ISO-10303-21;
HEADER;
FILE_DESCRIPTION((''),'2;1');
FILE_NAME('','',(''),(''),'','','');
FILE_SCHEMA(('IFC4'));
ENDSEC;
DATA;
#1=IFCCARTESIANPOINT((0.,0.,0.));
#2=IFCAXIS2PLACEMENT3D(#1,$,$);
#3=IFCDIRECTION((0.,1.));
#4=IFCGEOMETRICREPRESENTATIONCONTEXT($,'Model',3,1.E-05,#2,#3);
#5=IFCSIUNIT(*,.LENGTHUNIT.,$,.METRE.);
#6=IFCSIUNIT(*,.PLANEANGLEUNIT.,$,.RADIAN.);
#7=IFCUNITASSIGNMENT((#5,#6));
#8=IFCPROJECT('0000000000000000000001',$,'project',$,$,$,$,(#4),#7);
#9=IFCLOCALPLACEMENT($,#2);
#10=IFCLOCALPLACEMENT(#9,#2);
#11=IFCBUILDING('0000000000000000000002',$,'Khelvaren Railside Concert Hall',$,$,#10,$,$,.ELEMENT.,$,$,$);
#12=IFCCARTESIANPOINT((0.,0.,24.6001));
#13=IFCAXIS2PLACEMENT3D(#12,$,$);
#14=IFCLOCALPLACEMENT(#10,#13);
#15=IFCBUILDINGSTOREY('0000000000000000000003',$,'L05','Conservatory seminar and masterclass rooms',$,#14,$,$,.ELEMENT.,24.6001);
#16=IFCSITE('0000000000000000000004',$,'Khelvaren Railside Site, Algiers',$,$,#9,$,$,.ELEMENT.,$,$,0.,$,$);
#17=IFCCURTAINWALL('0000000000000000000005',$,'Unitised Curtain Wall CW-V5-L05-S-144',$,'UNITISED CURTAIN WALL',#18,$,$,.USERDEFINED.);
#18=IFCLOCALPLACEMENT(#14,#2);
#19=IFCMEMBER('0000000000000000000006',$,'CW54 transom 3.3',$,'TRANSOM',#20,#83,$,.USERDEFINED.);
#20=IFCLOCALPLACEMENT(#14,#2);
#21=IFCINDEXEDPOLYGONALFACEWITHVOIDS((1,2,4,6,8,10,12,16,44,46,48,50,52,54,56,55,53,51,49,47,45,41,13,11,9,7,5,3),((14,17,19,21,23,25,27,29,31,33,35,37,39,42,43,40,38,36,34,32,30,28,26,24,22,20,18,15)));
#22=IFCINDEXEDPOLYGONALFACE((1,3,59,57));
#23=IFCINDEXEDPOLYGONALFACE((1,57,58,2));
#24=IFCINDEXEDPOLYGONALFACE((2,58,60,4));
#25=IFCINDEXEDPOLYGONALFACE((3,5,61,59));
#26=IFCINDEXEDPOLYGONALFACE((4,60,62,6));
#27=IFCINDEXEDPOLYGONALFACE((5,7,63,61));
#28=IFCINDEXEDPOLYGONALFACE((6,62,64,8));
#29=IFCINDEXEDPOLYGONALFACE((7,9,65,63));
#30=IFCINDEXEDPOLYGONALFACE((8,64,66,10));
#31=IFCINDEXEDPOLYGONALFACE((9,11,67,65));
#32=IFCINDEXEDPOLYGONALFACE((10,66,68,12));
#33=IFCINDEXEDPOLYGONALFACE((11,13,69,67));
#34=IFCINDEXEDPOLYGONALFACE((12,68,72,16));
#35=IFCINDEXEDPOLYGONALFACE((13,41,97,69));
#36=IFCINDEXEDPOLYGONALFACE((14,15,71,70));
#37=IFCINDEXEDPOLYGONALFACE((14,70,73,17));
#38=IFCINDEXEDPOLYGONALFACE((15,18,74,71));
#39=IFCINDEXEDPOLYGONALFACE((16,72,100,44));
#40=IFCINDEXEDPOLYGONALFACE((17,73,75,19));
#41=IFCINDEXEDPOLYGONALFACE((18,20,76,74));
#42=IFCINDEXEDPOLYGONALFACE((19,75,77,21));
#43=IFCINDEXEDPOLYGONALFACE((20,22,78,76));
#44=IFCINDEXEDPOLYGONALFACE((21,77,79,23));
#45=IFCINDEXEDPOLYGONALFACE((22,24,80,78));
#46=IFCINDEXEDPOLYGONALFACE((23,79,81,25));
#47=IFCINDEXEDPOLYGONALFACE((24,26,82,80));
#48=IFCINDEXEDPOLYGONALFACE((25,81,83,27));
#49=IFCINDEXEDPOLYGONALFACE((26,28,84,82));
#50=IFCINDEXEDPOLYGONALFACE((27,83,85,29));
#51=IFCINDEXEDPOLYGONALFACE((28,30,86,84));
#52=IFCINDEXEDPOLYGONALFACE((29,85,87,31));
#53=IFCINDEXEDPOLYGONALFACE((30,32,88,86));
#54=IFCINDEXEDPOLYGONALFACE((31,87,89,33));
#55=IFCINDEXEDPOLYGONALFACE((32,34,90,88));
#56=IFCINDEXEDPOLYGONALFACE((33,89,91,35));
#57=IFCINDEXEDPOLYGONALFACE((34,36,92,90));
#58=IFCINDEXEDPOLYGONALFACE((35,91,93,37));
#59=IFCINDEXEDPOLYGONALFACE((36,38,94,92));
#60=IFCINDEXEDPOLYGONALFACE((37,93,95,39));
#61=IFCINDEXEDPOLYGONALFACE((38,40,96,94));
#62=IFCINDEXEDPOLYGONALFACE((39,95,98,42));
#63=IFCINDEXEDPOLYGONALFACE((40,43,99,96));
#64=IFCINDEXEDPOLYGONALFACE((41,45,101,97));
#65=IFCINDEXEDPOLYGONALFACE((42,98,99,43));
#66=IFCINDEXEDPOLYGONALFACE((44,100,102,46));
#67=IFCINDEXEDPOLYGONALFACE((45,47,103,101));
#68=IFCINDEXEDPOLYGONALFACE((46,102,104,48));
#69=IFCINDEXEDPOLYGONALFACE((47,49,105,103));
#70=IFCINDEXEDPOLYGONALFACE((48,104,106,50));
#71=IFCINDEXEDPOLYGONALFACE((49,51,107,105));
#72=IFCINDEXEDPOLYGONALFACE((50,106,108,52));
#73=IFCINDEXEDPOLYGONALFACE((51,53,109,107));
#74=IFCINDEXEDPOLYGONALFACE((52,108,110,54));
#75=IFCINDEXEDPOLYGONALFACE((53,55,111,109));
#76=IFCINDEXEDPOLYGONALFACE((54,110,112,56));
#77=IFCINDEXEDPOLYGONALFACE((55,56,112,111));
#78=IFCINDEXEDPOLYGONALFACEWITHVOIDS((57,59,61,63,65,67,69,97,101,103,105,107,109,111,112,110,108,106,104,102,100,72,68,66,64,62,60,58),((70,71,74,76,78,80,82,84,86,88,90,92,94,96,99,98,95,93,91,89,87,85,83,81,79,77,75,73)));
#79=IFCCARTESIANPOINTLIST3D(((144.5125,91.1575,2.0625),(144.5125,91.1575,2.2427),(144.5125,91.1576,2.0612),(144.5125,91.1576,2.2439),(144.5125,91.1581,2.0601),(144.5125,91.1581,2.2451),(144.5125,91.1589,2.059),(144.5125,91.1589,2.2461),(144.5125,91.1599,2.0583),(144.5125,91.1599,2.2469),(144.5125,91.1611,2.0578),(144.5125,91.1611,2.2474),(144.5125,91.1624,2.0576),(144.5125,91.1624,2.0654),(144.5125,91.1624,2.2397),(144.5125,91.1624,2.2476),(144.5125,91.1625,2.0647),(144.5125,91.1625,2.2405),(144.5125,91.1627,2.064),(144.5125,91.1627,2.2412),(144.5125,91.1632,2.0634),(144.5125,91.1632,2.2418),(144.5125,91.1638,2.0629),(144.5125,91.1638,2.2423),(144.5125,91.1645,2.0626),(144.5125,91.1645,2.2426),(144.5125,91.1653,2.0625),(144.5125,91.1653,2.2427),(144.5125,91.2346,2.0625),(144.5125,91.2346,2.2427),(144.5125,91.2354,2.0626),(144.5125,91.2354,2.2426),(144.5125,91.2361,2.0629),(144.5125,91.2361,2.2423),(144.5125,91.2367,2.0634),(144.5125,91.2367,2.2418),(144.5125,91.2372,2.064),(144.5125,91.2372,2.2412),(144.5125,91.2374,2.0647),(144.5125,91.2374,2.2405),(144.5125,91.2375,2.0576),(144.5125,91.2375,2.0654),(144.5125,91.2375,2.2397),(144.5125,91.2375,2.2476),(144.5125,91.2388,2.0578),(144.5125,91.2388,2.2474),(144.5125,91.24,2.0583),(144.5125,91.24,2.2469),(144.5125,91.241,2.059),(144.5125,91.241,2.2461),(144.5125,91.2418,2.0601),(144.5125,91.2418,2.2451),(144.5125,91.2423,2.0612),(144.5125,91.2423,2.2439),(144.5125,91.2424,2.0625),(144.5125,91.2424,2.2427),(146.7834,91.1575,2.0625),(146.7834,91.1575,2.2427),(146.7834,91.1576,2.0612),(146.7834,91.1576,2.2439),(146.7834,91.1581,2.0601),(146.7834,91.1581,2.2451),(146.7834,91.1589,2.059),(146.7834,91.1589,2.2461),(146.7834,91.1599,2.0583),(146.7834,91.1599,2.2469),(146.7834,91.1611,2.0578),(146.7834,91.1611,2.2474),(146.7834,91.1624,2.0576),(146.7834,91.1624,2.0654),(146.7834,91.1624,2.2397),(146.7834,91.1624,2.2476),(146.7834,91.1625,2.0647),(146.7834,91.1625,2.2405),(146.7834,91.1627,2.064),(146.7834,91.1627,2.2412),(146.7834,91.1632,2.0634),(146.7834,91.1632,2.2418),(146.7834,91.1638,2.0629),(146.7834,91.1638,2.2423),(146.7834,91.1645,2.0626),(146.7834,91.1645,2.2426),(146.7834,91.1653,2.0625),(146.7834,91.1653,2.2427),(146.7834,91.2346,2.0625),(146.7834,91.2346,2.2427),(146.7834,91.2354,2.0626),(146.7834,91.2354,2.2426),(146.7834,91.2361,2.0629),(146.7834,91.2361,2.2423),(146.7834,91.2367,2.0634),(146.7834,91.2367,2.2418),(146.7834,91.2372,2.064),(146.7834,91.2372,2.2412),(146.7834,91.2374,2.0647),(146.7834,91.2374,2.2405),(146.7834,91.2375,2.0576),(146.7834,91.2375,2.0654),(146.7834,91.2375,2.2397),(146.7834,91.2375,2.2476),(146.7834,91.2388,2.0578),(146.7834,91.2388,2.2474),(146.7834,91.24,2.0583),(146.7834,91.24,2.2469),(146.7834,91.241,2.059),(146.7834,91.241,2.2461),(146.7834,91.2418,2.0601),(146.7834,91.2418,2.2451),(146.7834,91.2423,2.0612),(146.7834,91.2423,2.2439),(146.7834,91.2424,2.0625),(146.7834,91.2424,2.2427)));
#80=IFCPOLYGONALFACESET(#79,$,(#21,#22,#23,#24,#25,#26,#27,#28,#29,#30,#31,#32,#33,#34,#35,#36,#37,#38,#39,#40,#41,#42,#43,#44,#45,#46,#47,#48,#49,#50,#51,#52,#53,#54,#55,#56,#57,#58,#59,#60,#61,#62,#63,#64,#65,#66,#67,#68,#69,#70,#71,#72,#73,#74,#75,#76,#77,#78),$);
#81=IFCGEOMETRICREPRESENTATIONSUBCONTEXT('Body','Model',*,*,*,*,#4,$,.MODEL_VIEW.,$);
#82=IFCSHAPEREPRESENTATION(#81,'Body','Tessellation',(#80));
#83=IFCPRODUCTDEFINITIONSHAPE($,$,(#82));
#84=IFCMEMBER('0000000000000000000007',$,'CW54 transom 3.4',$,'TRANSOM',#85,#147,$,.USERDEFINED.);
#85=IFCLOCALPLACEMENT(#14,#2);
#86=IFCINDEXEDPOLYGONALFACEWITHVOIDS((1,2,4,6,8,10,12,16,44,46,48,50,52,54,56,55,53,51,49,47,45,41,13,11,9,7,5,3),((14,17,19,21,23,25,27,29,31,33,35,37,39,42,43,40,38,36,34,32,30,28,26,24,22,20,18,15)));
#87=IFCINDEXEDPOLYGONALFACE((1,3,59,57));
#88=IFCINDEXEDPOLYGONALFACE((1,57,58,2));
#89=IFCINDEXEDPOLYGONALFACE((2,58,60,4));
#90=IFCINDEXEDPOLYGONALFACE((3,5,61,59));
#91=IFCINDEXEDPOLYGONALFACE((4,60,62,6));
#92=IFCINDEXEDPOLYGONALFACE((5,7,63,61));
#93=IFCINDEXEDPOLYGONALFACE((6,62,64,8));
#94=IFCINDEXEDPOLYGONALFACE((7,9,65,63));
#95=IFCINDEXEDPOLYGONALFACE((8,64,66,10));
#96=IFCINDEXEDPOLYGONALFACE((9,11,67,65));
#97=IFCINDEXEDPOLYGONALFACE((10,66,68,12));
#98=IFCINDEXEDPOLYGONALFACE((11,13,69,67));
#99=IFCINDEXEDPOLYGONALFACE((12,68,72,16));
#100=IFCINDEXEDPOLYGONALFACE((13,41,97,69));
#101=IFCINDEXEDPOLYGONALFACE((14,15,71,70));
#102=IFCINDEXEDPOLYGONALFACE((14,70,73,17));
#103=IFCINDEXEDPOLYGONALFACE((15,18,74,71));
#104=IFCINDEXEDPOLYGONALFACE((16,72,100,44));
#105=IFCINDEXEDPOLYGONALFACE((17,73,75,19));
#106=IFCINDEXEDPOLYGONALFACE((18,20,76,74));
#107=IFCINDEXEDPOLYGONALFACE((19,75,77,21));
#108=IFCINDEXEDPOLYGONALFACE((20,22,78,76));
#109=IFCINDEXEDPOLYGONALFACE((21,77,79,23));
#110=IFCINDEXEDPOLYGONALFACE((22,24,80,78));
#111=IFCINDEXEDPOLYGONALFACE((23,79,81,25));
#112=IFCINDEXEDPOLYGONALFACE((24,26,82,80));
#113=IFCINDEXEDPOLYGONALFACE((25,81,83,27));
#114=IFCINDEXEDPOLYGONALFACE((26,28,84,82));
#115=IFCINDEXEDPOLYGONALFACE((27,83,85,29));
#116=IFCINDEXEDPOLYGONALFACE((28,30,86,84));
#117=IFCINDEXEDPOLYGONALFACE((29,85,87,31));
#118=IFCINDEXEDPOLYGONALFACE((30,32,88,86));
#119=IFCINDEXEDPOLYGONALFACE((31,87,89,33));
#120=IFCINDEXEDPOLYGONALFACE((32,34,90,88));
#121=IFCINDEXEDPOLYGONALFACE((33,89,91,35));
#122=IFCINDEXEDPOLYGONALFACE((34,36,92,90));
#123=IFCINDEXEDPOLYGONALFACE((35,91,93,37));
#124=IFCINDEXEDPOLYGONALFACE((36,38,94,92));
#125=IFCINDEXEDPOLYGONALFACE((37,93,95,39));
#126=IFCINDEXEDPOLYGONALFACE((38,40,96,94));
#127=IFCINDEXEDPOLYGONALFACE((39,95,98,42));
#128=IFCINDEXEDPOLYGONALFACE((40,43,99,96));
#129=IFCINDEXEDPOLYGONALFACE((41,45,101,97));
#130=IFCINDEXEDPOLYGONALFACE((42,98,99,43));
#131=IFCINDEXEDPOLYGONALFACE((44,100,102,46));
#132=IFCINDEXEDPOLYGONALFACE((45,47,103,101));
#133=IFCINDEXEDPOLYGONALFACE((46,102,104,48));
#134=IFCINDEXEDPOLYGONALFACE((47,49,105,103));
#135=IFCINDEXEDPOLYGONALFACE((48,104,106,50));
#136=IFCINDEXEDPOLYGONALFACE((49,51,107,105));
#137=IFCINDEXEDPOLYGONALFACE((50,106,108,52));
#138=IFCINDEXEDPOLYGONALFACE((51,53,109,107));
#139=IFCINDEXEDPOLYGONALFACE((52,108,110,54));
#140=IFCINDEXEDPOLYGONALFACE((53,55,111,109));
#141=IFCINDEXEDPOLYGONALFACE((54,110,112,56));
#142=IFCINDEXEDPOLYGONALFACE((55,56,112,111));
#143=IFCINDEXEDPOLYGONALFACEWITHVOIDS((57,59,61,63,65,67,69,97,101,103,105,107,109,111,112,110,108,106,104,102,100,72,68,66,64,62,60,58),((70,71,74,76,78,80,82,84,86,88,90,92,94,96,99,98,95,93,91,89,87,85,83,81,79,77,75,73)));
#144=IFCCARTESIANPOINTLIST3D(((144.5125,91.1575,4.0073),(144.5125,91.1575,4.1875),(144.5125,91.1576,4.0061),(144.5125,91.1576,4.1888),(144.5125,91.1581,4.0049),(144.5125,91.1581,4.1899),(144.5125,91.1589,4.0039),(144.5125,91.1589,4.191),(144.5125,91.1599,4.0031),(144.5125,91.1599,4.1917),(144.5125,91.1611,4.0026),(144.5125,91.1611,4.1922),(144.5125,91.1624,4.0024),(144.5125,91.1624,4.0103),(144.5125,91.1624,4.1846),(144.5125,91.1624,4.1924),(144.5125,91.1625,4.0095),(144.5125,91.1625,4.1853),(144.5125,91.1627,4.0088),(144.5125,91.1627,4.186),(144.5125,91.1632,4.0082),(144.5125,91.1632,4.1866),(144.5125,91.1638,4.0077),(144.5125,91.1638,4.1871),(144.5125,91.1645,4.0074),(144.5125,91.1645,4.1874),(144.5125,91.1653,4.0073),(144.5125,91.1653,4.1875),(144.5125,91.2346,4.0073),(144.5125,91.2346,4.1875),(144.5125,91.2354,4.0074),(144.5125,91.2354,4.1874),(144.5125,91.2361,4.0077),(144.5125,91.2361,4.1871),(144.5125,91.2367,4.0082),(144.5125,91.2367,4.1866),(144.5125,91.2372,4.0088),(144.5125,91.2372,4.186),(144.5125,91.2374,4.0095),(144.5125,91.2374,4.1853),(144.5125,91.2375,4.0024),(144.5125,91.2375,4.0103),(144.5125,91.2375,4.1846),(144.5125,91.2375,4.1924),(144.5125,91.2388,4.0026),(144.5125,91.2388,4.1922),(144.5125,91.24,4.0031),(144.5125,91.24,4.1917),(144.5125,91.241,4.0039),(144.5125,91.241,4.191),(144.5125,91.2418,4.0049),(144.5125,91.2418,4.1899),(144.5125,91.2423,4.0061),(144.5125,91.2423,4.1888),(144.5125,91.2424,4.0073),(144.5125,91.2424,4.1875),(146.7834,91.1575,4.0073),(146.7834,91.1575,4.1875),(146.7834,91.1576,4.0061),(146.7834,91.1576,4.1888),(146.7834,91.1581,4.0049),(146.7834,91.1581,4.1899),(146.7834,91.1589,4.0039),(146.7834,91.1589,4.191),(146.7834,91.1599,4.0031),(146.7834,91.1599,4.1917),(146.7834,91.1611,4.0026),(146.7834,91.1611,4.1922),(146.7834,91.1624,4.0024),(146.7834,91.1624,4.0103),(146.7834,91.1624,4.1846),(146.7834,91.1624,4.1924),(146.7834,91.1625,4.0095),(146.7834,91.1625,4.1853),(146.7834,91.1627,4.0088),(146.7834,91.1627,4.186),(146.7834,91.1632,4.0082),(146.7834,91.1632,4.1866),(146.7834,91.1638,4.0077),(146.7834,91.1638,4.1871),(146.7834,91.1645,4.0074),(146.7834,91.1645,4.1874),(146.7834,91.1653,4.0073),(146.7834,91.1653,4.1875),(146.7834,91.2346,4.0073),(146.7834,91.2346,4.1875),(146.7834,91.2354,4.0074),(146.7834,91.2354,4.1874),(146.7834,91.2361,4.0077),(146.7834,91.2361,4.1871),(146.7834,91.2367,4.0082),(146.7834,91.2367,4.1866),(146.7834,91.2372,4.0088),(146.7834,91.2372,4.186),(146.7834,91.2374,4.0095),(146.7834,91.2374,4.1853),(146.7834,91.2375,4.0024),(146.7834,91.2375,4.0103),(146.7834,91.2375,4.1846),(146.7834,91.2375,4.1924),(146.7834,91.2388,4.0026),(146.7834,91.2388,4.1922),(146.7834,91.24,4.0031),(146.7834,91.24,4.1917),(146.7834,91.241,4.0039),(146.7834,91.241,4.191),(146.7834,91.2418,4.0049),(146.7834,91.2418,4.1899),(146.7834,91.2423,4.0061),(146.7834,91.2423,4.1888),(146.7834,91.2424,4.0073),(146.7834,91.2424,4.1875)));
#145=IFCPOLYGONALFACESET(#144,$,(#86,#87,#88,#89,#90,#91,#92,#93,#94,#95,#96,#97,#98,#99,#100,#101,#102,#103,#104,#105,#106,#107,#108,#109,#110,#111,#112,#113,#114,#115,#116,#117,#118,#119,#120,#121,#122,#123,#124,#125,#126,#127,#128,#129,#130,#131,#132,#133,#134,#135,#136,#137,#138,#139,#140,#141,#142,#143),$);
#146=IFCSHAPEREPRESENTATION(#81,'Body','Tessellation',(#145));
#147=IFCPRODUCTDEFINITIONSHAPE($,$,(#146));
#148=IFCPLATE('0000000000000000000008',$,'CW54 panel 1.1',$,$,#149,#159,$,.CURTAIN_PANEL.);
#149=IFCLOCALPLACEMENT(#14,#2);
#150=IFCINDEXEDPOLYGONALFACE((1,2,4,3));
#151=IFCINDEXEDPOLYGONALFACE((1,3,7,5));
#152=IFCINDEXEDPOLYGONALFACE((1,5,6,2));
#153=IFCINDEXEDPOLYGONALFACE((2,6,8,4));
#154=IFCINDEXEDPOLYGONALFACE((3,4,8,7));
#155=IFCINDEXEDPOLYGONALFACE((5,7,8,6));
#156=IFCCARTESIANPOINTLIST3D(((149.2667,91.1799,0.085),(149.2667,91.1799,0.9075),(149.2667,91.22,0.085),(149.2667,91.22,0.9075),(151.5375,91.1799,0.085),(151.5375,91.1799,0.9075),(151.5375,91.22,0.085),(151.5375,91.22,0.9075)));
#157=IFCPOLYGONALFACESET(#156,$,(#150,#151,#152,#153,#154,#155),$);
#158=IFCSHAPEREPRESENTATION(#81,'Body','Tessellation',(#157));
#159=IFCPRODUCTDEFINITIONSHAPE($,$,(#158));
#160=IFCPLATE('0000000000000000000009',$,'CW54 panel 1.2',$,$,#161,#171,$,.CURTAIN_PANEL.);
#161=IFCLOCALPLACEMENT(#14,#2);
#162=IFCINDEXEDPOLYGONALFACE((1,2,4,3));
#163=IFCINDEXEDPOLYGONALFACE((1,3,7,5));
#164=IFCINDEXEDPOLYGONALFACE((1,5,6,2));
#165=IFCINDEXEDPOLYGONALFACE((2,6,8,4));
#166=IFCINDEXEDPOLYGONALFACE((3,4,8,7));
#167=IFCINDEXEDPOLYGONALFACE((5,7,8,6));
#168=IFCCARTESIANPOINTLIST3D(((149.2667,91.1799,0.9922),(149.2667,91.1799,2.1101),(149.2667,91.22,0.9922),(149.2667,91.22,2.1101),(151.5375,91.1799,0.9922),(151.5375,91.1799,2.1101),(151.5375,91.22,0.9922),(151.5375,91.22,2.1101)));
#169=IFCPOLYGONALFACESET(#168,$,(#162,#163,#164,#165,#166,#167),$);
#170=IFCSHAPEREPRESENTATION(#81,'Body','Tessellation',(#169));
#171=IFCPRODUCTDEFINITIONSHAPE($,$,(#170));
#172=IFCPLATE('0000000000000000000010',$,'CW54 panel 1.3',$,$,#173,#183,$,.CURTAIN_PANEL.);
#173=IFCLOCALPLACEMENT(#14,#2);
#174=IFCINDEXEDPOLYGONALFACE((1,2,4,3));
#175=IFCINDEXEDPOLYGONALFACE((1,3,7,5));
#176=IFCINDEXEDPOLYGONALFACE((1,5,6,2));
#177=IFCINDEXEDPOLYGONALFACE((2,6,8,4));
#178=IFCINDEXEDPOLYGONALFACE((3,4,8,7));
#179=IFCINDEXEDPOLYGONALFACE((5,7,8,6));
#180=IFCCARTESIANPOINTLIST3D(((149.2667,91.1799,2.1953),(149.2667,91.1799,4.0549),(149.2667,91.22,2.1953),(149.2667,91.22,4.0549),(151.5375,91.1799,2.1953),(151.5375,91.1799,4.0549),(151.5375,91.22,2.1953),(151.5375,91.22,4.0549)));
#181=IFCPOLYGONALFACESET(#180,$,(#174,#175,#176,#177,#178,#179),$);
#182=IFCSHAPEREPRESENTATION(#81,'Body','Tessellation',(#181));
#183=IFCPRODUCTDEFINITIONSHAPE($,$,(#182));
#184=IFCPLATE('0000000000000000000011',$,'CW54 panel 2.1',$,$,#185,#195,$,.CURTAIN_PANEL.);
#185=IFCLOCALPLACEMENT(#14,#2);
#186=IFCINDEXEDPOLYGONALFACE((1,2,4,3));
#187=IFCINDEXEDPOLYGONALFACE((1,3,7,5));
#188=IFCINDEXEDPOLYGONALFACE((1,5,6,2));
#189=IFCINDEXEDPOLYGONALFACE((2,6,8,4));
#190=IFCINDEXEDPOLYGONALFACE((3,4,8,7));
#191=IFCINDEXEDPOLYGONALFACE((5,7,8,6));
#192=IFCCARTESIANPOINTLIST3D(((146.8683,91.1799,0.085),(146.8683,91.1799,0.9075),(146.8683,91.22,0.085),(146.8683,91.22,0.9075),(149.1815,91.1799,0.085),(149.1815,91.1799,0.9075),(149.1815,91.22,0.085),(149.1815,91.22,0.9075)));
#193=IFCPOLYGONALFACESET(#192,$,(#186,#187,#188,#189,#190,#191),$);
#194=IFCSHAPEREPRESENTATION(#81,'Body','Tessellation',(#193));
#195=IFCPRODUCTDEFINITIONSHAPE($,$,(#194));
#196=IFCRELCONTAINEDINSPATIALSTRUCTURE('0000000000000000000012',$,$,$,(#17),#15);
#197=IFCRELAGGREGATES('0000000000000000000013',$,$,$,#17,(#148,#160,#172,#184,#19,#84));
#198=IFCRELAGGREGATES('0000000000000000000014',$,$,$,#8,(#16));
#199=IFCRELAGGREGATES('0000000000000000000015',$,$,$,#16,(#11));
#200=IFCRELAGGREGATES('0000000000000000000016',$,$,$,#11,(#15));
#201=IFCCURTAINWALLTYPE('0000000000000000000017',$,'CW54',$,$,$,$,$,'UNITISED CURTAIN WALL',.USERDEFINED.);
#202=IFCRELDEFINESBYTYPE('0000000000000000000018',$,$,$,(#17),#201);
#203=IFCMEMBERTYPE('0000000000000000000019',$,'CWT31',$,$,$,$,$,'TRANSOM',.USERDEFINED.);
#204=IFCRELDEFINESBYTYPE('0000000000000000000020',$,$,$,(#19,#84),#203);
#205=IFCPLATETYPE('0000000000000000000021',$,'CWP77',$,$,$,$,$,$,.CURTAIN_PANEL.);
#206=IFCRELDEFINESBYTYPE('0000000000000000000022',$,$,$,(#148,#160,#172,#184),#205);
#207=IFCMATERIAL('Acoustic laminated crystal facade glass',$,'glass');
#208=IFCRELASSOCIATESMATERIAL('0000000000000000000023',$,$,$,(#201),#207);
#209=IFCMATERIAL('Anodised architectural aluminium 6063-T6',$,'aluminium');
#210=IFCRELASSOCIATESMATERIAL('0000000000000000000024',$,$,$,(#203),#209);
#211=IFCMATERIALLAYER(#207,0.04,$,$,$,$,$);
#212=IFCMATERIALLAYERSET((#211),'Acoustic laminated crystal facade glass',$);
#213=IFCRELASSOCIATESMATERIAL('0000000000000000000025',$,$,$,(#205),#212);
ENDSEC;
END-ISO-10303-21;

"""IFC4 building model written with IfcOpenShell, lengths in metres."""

from ifc_helpers import new_model, si_unit, direction, frame, origin, origin_2d, place, context, subcontext, project, spatial, rectangle, hollow_rectangle, extrude, material, layer, layer_set, material_profile, profile_set, type_object, element, aggregate, save


model = new_model("IFC4")

# Units and contexts
model_context = context("Model", 3, precision=1e-05, world=origin(), true_north=direction((0.0, 1.0)))
body_context = subcontext(model_context, "Body", "Model", "MODEL_VIEW")
ifc_project = project(units=[si_unit("LENGTHUNIT", "METRE"), si_unit("PLANEANGLEUNIT", "RADIAN")], contexts=[model_context])

# Site, building, storey
site_placement = place(None, origin())
site = spatial("IfcSite", under=ifc_project, at=site_placement, Name="Khelvaren Railside Site, Algiers", CompositionType="ELEMENT", RefElevation=0.0)
building_placement = place(site_placement, origin())
building = spatial("IfcBuilding", under=site, at=building_placement, Name="Khelvaren Railside Concert Hall", CompositionType="ELEMENT")
storey_placement = place(building_placement, frame((0.0, 0.0, 24.6001)))
storey = spatial("IfcBuildingStorey", under=building, at=storey_placement, Name="L05", Description="Conservatory seminar and masterclass rooms", CompositionType="ELEMENT", Elevation=24.6001)

# Curtain wall, members, plates
ifc_material_1 = material(Name="Acoustic laminated crystal facade glass", Category="glass")
curtain_wall_type = type_object("IfcCurtainWallType", Name="CW54", ElementType="UNITISED CURTAIN WALL", PredefinedType="USERDEFINED", material=ifc_material_1)
curtain_wall_placement = place(storey_placement, origin())
curtain_wall = element("IfcCurtainWall", 1, at=curtain_wall_placement, inside=storey, type_object=curtain_wall_type, Name="Unitised Curtain Wall CW-V5-L05-S-144", ObjectType="UNITISED CURTAIN WALL", PredefinedType="USERDEFINED")
ifc_material_2 = material(Name="Anodised architectural aluminium 6063-T6", Category="aluminium")
ifc_material_profile_1 = material_profile(ifc_material_2, hollow_rectangle(XDim=0.085, YDim=0.1899, WallThickness=0.0049, InnerFilletRadius=0.0029, OuterFilletRadius=0.0049, at=origin_2d()), Name="CWT 85x190x5")
ifc_profile_set_1 = profile_set([ifc_material_profile_1], Name="Anodised architectural aluminium 6063-T6")
member_type_1 = type_object("IfcMemberType", Name="CWT31", ElementType="TRANSOM", PredefinedType="USERDEFINED", material=ifc_profile_set_1)
member_1_placement = place(storey_placement, frame((146.7834, 91.2, 2.1526), z_axis=(-1.0, 0.0, 0.0), x_axis=(0.0, -1.0, 0.0)))
member_1 = element("IfcMember", 2, at=member_1_placement, type_object=member_type_1, Name="CW54 transom 3.3", ObjectType="TRANSOM", PredefinedType="USERDEFINED", context=body_context, shape_type="SweptSolid", body=[
    extrude(hollow_rectangle(XDim=0.085, YDim=0.1899, WallThickness=0.0049, InnerFilletRadius=0.0029, OuterFilletRadius=0.0049, at=origin_2d()), origin(), (0.0, 0.0, 1.0), 2.271),
])
member_2_placement = place(storey_placement, frame((146.7834, 91.2, 4.0974), z_axis=(-1.0, 0.0, 0.0), x_axis=(0.0, -1.0, 0.0)))
member_2 = element("IfcMember", 3, at=member_2_placement, type_object=member_type_1, Name="CW54 transom 3.4", ObjectType="TRANSOM", PredefinedType="USERDEFINED", context=body_context, shape_type="SweptSolid", body=[
    extrude(hollow_rectangle(XDim=0.085, YDim=0.1899, WallThickness=0.0049, InnerFilletRadius=0.0029, OuterFilletRadius=0.0049, at=origin_2d()), origin(), (0.0, 0.0, 1.0), 2.271),
])
ifc_layer = layer(ifc_material_1, 0.04)
ifc_layer_set = layer_set([ifc_layer], Name="Acoustic laminated crystal facade glass")
plate_type = type_object("IfcPlateType", Name="CWP77", PredefinedType="CURTAIN_PANEL", material=ifc_layer_set)
plate_1_placement = place(storey_placement, frame((150.4021, 91.2, 0.085), z_axis=(0.0, 0.0, 1.0), x_axis=(-1.0, 0.0, 0.0)))
plate_1 = element("IfcPlate", 4, at=plate_1_placement, type_object=plate_type, Name="CW54 panel 1.1", PredefinedType="CURTAIN_PANEL", context=body_context, shape_type="SweptSolid", body=[
    extrude(rectangle(XDim=2.2708, YDim=0.04, at=origin_2d()), origin(), (0.0, 0.0, 1.0), 0.8225),
])
plate_2_placement = place(storey_placement, frame((150.4021, 91.2, 0.9922), z_axis=(0.0, 0.0, 1.0), x_axis=(-1.0, 0.0, 0.0)))
plate_2 = element("IfcPlate", 5, at=plate_2_placement, type_object=plate_type, Name="CW54 panel 1.2", PredefinedType="CURTAIN_PANEL", context=body_context, shape_type="SweptSolid", body=[
    extrude(rectangle(XDim=2.2708, YDim=0.04, at=origin_2d()), origin(), (0.0, 0.0, 1.0), 1.1179),
])
plate_3_placement = place(storey_placement, frame((150.4021, 91.2, 2.1953), z_axis=(0.0, 0.0, 1.0), x_axis=(-1.0, 0.0, 0.0)))
plate_3 = element("IfcPlate", 6, at=plate_3_placement, type_object=plate_type, Name="CW54 panel 1.3", PredefinedType="CURTAIN_PANEL", context=body_context, shape_type="SweptSolid", body=[
    extrude(rectangle(XDim=2.2708, YDim=0.04, at=origin_2d()), origin(), (0.0, 0.0, 1.0), 1.8596),
])
plate_4_placement = place(storey_placement, frame((148.0249, 91.2, 0.085), z_axis=(0.0, 0.0, 1.0), x_axis=(-1.0, 0.0, 0.0)))
plate_4 = element("IfcPlate", 7, at=plate_4_placement, type_object=plate_type, Name="CW54 panel 2.1", PredefinedType="CURTAIN_PANEL", context=body_context, shape_type="SweptSolid", body=[
    extrude(rectangle(XDim=2.3132, YDim=0.04, at=origin_2d()), origin(), (0.0, 0.0, 1.0), 0.8225),
])
aggregate(curtain_wall, [plate_1, plate_2, plate_3, plate_4, member_1, member_2])

save(model, "model.ifc")
